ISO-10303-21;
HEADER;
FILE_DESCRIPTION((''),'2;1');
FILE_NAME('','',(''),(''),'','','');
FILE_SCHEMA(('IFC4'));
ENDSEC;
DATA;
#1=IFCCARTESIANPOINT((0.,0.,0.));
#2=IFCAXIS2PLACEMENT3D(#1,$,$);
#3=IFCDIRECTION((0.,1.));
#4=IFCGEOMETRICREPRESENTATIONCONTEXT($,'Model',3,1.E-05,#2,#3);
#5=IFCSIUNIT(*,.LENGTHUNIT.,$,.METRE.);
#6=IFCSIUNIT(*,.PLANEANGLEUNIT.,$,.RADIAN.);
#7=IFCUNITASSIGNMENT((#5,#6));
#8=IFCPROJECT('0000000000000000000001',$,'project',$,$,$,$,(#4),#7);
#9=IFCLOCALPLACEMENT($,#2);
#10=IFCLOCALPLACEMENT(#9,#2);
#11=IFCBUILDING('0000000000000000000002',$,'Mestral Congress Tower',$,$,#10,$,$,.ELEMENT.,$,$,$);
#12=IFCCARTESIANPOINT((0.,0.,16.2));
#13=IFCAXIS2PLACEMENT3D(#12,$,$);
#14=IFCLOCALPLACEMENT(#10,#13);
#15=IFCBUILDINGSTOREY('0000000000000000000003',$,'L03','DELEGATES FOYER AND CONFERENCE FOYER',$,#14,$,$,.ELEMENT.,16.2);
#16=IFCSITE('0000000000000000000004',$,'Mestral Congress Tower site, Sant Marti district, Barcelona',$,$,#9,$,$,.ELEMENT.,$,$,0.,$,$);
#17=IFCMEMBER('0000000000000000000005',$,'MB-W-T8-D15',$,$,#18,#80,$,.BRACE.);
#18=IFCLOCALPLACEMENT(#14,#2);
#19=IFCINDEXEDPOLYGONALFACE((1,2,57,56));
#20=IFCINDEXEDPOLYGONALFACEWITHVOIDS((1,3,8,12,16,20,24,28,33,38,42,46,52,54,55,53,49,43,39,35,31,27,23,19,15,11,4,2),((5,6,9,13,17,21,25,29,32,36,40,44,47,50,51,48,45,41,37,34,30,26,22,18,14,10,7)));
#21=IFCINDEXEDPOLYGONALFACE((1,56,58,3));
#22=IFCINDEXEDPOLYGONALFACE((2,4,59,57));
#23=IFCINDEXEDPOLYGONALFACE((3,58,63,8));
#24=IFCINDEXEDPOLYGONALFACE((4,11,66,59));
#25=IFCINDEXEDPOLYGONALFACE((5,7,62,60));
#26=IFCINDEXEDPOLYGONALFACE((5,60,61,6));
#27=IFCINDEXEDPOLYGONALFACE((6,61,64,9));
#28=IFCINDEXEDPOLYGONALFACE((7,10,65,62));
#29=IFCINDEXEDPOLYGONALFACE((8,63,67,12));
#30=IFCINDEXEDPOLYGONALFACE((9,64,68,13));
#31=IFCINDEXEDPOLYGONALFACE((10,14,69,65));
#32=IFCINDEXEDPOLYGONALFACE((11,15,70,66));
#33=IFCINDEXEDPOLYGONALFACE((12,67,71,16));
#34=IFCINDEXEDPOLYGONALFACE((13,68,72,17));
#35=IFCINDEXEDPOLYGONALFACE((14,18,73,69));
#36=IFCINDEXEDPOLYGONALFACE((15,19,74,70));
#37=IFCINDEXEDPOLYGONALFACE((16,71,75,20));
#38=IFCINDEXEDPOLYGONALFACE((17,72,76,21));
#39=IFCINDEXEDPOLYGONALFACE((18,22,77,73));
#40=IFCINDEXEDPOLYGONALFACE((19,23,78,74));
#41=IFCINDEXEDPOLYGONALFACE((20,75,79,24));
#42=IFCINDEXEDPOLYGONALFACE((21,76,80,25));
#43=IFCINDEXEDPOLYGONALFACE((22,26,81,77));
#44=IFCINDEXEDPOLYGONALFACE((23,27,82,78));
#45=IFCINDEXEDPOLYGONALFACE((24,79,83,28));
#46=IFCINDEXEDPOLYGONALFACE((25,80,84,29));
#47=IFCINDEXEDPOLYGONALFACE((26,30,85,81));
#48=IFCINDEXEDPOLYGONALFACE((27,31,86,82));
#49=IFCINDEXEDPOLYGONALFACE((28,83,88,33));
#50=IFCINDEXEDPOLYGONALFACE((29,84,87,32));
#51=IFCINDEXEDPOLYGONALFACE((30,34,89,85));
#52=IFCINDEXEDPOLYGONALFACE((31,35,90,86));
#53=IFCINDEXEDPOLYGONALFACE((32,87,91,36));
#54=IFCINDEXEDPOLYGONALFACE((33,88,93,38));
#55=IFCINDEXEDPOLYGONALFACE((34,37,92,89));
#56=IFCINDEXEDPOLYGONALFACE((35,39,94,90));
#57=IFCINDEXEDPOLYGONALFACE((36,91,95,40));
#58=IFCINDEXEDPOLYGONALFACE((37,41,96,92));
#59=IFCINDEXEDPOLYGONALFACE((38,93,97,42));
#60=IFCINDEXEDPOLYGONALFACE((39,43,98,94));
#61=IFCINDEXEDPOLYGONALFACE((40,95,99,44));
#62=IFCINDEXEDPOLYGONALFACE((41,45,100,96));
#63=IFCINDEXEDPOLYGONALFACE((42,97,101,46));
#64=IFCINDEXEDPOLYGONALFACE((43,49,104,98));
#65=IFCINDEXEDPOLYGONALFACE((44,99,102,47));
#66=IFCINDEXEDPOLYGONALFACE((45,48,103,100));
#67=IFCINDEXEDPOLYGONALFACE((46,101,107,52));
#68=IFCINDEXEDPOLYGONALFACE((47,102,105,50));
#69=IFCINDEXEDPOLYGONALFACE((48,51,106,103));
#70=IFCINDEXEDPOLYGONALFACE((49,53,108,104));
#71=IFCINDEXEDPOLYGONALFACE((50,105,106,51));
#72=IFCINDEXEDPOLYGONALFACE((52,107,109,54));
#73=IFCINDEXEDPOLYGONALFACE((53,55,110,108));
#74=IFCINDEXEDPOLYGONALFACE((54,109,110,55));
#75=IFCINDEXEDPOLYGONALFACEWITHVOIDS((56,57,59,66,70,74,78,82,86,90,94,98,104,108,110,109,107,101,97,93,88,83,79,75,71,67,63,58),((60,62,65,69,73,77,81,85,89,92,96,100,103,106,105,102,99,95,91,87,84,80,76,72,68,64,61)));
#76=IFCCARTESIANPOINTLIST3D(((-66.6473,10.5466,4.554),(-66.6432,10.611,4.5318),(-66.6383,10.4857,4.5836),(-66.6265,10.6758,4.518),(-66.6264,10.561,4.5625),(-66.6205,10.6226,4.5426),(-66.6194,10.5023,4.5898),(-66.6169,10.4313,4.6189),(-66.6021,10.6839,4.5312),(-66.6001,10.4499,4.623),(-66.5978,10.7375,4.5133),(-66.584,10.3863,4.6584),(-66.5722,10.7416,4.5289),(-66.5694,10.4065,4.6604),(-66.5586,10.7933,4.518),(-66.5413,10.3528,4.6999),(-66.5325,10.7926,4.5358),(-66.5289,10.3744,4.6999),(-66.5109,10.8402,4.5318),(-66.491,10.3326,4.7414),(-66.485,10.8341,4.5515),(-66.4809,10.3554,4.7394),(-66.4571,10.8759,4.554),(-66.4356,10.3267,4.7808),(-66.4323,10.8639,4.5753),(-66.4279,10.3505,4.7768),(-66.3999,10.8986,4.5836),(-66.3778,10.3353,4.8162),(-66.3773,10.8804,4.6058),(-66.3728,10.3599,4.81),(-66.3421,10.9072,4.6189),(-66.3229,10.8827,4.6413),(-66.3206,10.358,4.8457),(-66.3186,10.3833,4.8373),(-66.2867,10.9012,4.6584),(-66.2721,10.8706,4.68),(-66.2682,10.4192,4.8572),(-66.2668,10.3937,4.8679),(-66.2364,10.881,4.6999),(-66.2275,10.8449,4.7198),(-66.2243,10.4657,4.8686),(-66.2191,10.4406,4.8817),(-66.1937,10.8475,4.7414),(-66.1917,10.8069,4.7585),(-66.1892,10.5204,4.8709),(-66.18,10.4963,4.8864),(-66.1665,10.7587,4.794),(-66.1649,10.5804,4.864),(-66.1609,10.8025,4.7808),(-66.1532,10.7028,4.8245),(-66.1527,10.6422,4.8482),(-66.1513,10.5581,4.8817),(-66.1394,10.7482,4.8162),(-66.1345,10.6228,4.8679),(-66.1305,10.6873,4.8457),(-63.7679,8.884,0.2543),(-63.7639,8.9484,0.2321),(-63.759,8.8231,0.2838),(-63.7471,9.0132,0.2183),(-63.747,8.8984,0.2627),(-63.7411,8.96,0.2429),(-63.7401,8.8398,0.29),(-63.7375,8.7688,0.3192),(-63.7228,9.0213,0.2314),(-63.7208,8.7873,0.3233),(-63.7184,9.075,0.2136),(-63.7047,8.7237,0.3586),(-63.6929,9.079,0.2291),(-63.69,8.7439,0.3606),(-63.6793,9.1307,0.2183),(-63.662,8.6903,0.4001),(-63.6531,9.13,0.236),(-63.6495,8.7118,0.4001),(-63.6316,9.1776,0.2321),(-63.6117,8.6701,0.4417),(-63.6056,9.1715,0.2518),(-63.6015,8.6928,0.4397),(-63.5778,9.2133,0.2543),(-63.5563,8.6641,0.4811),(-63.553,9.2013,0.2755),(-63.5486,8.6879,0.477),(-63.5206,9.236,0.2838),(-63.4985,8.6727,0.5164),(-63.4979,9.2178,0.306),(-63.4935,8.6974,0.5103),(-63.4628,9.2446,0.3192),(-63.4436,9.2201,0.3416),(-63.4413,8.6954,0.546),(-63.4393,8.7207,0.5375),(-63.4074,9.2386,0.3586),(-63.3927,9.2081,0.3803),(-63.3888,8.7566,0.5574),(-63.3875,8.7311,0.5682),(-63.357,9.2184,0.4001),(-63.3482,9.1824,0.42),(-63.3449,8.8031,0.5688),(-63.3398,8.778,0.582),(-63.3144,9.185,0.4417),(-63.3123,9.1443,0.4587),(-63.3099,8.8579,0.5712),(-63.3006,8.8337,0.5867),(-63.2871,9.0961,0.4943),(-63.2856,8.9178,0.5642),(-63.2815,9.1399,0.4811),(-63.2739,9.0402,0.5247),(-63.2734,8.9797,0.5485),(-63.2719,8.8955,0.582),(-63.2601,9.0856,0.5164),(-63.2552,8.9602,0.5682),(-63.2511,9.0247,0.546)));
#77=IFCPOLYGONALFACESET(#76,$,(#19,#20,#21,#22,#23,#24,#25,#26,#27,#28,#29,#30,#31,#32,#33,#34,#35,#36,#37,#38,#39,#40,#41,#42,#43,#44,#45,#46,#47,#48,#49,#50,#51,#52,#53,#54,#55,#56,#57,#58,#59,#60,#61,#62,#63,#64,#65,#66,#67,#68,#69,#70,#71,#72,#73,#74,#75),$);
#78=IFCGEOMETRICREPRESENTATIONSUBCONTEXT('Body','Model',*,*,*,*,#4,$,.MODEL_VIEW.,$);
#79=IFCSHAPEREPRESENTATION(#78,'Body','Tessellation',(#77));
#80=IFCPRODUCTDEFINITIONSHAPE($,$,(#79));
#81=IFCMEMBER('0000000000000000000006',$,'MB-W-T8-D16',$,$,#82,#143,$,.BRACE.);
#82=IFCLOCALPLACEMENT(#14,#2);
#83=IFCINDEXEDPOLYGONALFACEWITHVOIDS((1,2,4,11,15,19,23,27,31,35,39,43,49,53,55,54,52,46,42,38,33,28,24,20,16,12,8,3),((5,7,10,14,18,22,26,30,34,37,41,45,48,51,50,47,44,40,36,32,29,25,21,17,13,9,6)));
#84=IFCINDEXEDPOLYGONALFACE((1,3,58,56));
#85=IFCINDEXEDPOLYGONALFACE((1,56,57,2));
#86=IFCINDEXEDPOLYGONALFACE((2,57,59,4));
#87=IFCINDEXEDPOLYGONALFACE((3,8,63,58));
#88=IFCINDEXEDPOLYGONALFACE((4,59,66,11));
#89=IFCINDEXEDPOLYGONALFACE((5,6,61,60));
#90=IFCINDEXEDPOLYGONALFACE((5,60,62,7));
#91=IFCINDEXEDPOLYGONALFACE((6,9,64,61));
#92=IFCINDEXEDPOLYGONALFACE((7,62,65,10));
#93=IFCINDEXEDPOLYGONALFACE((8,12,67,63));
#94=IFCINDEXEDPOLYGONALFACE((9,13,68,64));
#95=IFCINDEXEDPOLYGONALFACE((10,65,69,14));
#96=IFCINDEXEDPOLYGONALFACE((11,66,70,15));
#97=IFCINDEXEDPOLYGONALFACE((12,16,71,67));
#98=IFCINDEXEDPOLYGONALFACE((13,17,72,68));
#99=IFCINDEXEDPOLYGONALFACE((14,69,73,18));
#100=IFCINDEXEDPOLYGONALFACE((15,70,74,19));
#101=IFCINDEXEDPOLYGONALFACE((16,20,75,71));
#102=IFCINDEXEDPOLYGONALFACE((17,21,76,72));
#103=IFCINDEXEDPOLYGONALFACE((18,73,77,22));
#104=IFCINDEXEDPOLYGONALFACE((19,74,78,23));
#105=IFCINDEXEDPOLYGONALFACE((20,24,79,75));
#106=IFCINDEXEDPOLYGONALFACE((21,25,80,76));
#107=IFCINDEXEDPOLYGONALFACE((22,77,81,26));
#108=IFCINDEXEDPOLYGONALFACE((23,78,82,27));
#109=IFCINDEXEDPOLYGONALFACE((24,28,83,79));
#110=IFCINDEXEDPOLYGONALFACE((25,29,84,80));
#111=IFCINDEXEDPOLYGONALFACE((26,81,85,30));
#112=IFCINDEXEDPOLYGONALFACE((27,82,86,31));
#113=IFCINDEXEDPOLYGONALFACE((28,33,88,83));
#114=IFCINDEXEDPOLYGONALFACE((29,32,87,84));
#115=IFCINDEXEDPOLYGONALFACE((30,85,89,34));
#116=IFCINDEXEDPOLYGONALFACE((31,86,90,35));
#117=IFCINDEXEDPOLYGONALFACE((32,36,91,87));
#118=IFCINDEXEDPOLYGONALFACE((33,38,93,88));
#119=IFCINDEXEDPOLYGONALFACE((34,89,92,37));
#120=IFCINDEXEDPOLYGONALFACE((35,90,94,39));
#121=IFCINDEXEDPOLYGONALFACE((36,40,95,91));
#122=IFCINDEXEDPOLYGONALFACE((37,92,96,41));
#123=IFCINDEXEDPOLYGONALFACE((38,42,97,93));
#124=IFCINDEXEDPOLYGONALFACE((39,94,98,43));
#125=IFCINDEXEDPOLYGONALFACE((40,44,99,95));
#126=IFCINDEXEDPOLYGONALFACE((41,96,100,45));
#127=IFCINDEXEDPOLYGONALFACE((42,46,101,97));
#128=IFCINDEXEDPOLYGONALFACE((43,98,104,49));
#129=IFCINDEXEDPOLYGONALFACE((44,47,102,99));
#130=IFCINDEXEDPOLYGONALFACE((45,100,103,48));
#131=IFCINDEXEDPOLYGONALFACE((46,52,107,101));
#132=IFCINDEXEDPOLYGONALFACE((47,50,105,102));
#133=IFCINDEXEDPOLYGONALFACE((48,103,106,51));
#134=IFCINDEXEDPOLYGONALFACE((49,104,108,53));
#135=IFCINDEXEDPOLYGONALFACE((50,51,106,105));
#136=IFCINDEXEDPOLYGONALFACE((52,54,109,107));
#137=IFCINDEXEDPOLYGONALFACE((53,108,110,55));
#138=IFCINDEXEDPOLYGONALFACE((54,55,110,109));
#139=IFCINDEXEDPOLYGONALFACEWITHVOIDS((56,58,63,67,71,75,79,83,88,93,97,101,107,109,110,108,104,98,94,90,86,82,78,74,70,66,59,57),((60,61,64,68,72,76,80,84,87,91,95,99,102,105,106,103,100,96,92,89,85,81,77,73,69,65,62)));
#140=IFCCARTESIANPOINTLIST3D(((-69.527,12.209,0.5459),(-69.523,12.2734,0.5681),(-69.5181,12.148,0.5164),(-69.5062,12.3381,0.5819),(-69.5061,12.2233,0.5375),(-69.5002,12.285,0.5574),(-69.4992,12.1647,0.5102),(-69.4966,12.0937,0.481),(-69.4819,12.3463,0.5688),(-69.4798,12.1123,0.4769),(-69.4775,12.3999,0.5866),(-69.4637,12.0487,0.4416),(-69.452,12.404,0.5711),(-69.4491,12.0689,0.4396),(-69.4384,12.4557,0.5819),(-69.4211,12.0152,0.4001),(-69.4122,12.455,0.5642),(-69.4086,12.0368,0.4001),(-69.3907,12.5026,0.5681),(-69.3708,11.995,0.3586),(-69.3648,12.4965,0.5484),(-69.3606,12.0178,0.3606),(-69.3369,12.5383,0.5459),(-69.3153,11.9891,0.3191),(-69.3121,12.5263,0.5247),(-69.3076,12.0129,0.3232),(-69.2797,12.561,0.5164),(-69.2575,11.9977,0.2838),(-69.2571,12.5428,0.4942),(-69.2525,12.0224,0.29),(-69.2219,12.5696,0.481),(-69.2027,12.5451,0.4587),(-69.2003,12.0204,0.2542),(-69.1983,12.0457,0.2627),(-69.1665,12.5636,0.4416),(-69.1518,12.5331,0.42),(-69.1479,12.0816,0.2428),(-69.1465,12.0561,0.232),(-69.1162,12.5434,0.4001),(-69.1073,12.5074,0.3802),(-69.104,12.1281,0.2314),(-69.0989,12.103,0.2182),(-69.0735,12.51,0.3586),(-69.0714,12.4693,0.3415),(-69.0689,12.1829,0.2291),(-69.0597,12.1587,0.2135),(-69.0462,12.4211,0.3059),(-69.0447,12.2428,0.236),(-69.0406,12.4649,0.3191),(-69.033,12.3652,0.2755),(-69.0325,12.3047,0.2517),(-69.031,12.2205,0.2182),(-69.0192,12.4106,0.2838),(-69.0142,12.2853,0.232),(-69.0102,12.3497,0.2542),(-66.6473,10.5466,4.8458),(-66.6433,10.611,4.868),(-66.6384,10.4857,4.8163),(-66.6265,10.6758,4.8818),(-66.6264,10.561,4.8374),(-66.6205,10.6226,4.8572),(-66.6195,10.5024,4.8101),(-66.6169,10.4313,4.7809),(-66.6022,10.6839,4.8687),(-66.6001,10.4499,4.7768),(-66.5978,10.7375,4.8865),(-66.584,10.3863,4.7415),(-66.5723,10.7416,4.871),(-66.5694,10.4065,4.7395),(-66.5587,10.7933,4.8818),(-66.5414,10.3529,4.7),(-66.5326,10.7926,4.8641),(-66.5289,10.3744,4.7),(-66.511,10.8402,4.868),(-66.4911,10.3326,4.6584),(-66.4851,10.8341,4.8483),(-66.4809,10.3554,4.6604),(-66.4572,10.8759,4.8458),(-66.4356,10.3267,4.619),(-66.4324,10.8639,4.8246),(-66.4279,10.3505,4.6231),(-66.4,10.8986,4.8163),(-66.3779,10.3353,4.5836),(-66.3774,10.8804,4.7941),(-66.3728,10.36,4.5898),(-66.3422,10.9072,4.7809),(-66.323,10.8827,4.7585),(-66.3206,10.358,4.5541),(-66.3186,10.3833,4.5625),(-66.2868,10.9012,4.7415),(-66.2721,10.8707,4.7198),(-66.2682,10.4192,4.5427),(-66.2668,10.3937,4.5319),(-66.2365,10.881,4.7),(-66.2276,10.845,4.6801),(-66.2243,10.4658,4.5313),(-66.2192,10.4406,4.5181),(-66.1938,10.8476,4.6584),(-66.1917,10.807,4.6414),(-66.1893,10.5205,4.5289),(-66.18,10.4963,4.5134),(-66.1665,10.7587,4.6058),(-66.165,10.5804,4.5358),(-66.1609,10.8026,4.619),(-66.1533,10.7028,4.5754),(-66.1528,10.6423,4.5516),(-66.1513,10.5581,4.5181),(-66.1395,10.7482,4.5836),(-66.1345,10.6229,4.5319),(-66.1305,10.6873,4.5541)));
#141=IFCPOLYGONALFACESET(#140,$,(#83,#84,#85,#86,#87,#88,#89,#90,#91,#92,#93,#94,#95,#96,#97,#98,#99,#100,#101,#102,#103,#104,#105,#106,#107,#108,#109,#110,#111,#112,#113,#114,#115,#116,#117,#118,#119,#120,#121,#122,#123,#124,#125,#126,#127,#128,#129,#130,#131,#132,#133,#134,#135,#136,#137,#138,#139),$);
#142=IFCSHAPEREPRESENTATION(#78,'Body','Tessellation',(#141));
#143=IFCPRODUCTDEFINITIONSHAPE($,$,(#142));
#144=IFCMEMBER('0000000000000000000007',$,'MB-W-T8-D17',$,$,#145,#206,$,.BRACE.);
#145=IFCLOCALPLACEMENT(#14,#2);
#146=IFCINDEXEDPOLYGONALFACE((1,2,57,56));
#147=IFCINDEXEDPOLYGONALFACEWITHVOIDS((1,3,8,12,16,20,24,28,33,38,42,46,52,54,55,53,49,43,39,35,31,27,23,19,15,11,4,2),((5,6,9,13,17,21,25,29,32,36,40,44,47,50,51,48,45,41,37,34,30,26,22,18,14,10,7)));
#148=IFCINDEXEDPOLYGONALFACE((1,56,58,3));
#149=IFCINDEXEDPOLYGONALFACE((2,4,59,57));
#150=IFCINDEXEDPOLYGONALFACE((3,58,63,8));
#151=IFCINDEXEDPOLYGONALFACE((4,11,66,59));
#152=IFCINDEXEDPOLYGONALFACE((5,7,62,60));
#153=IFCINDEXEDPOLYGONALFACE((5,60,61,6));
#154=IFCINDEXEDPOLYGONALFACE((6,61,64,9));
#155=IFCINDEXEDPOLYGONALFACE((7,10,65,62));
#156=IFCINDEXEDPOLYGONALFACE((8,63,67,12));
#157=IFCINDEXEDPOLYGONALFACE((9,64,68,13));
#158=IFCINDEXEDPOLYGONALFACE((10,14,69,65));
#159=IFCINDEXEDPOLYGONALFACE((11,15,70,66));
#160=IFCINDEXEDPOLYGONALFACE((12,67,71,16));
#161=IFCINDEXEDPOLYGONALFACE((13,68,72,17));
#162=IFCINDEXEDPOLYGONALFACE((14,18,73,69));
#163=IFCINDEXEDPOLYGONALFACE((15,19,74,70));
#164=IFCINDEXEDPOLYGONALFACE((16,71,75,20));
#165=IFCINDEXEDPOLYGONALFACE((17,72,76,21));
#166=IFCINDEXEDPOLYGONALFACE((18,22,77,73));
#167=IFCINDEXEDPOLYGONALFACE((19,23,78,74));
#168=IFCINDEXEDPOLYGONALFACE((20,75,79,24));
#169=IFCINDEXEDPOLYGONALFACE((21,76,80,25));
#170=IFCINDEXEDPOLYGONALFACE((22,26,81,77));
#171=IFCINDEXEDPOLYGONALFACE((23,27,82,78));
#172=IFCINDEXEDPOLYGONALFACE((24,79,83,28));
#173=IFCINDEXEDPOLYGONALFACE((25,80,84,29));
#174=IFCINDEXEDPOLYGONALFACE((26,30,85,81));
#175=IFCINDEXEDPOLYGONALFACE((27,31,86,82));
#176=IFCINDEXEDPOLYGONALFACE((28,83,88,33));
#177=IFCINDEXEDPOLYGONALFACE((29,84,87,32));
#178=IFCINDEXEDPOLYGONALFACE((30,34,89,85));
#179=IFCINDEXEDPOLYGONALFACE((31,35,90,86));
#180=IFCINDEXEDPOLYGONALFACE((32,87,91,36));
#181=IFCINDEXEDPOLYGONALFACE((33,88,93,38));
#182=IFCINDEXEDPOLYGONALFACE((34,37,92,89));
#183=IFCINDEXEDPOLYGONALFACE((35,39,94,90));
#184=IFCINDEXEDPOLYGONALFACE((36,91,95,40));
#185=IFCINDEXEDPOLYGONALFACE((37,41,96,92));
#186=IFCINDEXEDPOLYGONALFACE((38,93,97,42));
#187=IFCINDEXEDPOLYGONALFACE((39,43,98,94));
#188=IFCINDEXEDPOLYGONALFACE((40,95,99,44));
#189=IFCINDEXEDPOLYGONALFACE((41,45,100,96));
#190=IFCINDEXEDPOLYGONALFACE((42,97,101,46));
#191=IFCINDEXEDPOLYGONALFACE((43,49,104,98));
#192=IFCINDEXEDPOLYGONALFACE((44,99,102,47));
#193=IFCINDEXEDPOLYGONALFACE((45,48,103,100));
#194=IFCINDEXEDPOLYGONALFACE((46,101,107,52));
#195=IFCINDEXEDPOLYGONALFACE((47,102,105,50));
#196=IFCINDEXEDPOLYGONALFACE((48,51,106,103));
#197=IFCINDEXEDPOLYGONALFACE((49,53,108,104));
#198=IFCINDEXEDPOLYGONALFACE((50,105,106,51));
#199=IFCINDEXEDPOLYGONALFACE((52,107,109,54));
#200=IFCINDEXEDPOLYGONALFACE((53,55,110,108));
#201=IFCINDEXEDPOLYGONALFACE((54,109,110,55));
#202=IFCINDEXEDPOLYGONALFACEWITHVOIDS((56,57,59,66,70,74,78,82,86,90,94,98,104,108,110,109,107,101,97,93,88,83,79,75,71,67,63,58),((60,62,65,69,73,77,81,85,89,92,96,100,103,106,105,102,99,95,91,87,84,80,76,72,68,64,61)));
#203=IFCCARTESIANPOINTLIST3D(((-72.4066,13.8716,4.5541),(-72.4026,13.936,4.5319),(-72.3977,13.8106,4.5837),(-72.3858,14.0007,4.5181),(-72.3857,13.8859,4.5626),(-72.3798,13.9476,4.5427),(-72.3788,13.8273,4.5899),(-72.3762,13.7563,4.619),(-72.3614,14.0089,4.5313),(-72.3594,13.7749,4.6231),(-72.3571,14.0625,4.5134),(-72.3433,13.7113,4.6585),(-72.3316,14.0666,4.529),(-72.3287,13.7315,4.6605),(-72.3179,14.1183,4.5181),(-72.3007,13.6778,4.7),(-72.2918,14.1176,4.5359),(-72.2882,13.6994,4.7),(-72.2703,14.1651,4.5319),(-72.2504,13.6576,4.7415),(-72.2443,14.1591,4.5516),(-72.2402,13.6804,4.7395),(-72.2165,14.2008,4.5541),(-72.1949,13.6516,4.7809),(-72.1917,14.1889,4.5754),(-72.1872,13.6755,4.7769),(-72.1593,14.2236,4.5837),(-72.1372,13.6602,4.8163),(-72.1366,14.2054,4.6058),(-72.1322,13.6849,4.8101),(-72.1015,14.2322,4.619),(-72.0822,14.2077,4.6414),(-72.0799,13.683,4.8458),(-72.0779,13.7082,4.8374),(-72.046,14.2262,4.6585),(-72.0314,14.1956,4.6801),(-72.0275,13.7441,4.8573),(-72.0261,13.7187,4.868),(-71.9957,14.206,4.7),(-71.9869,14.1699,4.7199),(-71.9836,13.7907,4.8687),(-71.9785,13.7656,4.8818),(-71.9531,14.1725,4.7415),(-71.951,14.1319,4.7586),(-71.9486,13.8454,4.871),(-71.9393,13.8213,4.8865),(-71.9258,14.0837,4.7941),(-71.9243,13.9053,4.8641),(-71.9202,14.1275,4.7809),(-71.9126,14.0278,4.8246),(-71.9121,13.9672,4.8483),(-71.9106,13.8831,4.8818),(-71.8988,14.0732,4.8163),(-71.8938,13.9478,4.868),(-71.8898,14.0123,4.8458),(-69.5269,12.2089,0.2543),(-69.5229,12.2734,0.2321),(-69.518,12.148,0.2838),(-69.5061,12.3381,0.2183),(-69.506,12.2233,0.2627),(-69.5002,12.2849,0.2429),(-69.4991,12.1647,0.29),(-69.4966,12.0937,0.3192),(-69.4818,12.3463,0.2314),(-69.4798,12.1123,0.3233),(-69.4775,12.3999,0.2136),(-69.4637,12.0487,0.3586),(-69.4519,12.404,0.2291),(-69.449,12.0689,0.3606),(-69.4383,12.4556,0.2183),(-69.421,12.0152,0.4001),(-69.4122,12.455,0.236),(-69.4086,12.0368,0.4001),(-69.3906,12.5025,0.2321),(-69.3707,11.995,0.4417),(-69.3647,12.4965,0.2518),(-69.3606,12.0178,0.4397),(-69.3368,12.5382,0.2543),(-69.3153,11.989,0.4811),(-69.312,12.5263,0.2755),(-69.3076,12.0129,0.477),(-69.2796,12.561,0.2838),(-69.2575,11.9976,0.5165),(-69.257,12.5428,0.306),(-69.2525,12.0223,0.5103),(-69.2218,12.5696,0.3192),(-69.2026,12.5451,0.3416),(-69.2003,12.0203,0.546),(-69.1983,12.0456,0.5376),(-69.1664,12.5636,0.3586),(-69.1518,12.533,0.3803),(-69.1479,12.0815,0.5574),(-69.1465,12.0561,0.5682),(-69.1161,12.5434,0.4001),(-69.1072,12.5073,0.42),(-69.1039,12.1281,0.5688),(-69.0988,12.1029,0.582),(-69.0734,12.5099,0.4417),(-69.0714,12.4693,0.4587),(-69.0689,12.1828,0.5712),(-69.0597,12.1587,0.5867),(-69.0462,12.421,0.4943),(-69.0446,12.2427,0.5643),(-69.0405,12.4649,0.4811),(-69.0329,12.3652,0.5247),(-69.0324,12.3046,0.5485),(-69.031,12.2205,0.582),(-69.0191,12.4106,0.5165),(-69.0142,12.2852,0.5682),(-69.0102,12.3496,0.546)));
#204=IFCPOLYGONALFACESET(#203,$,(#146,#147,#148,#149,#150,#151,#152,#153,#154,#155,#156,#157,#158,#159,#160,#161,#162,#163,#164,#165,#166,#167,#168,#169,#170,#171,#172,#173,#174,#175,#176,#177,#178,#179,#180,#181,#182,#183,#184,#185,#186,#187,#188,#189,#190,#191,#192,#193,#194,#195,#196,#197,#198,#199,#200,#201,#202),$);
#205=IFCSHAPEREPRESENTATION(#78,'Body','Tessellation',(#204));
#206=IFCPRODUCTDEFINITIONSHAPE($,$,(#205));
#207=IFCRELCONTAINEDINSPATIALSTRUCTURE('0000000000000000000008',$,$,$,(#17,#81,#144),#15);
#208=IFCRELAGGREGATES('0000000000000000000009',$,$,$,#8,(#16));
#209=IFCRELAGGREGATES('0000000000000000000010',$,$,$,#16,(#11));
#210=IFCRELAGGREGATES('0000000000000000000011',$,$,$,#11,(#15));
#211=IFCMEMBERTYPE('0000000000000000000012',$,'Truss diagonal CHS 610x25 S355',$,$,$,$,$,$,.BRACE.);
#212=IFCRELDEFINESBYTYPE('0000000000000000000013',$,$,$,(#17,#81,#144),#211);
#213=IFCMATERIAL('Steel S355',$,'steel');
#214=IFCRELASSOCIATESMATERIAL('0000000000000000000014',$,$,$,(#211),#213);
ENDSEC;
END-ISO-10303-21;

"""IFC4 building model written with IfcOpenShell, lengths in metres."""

from ifc_helpers import new_model, si_unit, direction, frame, origin, origin_2d, place, context, subcontext, project, spatial, hollow_circle, extrude, material, material_profile, profile_set, type_object, element, save


model = new_model("IFC4")

# Units and contexts
model_context = context("Model", 3, precision=1e-05, world=origin(), true_north=direction((0.0, 1.0)))
body_context = subcontext(model_context, "Body", "Model", "MODEL_VIEW")
ifc_project = project(units=[si_unit("LENGTHUNIT", "METRE"), si_unit("PLANEANGLEUNIT", "RADIAN")], contexts=[model_context])

# Site, building, storey
site_placement = place(None, origin())
site = spatial("IfcSite", under=ifc_project, at=site_placement, Name="Mestral Congress Tower site, Sant Marti district, Barcelona", CompositionType="ELEMENT", RefElevation=0.0)
building_placement = place(site_placement, origin())
building = spatial("IfcBuilding", under=site, at=building_placement, Name="Mestral Congress Tower", CompositionType="ELEMENT")
storey_placement = place(building_placement, frame((0.0, 0.0, 16.2)))
storey = spatial("IfcBuildingStorey", under=building, at=storey_placement, Name="L03", Description="DELEGATES FOYER AND CONFERENCE FOYER", CompositionType="ELEMENT", Elevation=16.2)

# Shared definitions
ifc_material_1 = material(Name="Steel S355", Category="steel")

# Members
ifc_material_profile_1 = material_profile(ifc_material_1, hollow_circle(Radius=0.3049, WallThickness=0.0249, at=origin_2d()), Name="CHS 610x25")
ifc_profile_set_1 = profile_set([ifc_material_profile_1], Name="Steel S355")
member_type_1 = type_object("IfcMemberType", Name="Truss diagonal CHS 610x25 S355", PredefinedType="BRACE", material=ifc_profile_set_1)
for number, where, z_axis, x_axis, name in (
    (1, (-63.5095, 8.9543, 0.4001), (-0.529749, 0.305884, 0.791076), (-0.50004, -0.866002, 0.0), "MB-W-T8-D15"),
):
    element("IfcMember", number, at=place(storey_placement, frame(where, z_axis=z_axis, x_axis=x_axis)), inside=storey, type_object=member_type_1, Name=name, PredefinedType="BRACE", context=body_context, shape_type="SweptSolid", body=[
        extrude(hollow_circle(Radius=0.3049, WallThickness=0.0249, at=origin_2d()), origin(), (0.0, 0.0, 1.0), 5.4353),
    ])
for number, where, z_axis, x_axis, name in (
    (2, (-66.3889, 10.6169, 4.7), (-0.529789, 0.305836, -0.791068), (-0.499953, -0.866052, 0.0), "MB-W-T8-D16"),
    (3, (-69.2686, 12.2793, 0.4001), (-0.529782, 0.305877, 0.791057), (-0.500008, -0.866021, 0.0), "MB-W-T8-D17"),
):
    element("IfcMember", number, at=place(storey_placement, frame(where, z_axis=z_axis, x_axis=x_axis)), inside=storey, type_object=member_type_1, Name=name, PredefinedType="BRACE", context=body_context, shape_type="SweptSolid", body=[
        extrude(hollow_circle(Radius=0.3049, WallThickness=0.0249, at=origin_2d()), origin(), (0.0, 0.0, 1.0), 5.4355),
    ])

save(model, "model.ifc")
